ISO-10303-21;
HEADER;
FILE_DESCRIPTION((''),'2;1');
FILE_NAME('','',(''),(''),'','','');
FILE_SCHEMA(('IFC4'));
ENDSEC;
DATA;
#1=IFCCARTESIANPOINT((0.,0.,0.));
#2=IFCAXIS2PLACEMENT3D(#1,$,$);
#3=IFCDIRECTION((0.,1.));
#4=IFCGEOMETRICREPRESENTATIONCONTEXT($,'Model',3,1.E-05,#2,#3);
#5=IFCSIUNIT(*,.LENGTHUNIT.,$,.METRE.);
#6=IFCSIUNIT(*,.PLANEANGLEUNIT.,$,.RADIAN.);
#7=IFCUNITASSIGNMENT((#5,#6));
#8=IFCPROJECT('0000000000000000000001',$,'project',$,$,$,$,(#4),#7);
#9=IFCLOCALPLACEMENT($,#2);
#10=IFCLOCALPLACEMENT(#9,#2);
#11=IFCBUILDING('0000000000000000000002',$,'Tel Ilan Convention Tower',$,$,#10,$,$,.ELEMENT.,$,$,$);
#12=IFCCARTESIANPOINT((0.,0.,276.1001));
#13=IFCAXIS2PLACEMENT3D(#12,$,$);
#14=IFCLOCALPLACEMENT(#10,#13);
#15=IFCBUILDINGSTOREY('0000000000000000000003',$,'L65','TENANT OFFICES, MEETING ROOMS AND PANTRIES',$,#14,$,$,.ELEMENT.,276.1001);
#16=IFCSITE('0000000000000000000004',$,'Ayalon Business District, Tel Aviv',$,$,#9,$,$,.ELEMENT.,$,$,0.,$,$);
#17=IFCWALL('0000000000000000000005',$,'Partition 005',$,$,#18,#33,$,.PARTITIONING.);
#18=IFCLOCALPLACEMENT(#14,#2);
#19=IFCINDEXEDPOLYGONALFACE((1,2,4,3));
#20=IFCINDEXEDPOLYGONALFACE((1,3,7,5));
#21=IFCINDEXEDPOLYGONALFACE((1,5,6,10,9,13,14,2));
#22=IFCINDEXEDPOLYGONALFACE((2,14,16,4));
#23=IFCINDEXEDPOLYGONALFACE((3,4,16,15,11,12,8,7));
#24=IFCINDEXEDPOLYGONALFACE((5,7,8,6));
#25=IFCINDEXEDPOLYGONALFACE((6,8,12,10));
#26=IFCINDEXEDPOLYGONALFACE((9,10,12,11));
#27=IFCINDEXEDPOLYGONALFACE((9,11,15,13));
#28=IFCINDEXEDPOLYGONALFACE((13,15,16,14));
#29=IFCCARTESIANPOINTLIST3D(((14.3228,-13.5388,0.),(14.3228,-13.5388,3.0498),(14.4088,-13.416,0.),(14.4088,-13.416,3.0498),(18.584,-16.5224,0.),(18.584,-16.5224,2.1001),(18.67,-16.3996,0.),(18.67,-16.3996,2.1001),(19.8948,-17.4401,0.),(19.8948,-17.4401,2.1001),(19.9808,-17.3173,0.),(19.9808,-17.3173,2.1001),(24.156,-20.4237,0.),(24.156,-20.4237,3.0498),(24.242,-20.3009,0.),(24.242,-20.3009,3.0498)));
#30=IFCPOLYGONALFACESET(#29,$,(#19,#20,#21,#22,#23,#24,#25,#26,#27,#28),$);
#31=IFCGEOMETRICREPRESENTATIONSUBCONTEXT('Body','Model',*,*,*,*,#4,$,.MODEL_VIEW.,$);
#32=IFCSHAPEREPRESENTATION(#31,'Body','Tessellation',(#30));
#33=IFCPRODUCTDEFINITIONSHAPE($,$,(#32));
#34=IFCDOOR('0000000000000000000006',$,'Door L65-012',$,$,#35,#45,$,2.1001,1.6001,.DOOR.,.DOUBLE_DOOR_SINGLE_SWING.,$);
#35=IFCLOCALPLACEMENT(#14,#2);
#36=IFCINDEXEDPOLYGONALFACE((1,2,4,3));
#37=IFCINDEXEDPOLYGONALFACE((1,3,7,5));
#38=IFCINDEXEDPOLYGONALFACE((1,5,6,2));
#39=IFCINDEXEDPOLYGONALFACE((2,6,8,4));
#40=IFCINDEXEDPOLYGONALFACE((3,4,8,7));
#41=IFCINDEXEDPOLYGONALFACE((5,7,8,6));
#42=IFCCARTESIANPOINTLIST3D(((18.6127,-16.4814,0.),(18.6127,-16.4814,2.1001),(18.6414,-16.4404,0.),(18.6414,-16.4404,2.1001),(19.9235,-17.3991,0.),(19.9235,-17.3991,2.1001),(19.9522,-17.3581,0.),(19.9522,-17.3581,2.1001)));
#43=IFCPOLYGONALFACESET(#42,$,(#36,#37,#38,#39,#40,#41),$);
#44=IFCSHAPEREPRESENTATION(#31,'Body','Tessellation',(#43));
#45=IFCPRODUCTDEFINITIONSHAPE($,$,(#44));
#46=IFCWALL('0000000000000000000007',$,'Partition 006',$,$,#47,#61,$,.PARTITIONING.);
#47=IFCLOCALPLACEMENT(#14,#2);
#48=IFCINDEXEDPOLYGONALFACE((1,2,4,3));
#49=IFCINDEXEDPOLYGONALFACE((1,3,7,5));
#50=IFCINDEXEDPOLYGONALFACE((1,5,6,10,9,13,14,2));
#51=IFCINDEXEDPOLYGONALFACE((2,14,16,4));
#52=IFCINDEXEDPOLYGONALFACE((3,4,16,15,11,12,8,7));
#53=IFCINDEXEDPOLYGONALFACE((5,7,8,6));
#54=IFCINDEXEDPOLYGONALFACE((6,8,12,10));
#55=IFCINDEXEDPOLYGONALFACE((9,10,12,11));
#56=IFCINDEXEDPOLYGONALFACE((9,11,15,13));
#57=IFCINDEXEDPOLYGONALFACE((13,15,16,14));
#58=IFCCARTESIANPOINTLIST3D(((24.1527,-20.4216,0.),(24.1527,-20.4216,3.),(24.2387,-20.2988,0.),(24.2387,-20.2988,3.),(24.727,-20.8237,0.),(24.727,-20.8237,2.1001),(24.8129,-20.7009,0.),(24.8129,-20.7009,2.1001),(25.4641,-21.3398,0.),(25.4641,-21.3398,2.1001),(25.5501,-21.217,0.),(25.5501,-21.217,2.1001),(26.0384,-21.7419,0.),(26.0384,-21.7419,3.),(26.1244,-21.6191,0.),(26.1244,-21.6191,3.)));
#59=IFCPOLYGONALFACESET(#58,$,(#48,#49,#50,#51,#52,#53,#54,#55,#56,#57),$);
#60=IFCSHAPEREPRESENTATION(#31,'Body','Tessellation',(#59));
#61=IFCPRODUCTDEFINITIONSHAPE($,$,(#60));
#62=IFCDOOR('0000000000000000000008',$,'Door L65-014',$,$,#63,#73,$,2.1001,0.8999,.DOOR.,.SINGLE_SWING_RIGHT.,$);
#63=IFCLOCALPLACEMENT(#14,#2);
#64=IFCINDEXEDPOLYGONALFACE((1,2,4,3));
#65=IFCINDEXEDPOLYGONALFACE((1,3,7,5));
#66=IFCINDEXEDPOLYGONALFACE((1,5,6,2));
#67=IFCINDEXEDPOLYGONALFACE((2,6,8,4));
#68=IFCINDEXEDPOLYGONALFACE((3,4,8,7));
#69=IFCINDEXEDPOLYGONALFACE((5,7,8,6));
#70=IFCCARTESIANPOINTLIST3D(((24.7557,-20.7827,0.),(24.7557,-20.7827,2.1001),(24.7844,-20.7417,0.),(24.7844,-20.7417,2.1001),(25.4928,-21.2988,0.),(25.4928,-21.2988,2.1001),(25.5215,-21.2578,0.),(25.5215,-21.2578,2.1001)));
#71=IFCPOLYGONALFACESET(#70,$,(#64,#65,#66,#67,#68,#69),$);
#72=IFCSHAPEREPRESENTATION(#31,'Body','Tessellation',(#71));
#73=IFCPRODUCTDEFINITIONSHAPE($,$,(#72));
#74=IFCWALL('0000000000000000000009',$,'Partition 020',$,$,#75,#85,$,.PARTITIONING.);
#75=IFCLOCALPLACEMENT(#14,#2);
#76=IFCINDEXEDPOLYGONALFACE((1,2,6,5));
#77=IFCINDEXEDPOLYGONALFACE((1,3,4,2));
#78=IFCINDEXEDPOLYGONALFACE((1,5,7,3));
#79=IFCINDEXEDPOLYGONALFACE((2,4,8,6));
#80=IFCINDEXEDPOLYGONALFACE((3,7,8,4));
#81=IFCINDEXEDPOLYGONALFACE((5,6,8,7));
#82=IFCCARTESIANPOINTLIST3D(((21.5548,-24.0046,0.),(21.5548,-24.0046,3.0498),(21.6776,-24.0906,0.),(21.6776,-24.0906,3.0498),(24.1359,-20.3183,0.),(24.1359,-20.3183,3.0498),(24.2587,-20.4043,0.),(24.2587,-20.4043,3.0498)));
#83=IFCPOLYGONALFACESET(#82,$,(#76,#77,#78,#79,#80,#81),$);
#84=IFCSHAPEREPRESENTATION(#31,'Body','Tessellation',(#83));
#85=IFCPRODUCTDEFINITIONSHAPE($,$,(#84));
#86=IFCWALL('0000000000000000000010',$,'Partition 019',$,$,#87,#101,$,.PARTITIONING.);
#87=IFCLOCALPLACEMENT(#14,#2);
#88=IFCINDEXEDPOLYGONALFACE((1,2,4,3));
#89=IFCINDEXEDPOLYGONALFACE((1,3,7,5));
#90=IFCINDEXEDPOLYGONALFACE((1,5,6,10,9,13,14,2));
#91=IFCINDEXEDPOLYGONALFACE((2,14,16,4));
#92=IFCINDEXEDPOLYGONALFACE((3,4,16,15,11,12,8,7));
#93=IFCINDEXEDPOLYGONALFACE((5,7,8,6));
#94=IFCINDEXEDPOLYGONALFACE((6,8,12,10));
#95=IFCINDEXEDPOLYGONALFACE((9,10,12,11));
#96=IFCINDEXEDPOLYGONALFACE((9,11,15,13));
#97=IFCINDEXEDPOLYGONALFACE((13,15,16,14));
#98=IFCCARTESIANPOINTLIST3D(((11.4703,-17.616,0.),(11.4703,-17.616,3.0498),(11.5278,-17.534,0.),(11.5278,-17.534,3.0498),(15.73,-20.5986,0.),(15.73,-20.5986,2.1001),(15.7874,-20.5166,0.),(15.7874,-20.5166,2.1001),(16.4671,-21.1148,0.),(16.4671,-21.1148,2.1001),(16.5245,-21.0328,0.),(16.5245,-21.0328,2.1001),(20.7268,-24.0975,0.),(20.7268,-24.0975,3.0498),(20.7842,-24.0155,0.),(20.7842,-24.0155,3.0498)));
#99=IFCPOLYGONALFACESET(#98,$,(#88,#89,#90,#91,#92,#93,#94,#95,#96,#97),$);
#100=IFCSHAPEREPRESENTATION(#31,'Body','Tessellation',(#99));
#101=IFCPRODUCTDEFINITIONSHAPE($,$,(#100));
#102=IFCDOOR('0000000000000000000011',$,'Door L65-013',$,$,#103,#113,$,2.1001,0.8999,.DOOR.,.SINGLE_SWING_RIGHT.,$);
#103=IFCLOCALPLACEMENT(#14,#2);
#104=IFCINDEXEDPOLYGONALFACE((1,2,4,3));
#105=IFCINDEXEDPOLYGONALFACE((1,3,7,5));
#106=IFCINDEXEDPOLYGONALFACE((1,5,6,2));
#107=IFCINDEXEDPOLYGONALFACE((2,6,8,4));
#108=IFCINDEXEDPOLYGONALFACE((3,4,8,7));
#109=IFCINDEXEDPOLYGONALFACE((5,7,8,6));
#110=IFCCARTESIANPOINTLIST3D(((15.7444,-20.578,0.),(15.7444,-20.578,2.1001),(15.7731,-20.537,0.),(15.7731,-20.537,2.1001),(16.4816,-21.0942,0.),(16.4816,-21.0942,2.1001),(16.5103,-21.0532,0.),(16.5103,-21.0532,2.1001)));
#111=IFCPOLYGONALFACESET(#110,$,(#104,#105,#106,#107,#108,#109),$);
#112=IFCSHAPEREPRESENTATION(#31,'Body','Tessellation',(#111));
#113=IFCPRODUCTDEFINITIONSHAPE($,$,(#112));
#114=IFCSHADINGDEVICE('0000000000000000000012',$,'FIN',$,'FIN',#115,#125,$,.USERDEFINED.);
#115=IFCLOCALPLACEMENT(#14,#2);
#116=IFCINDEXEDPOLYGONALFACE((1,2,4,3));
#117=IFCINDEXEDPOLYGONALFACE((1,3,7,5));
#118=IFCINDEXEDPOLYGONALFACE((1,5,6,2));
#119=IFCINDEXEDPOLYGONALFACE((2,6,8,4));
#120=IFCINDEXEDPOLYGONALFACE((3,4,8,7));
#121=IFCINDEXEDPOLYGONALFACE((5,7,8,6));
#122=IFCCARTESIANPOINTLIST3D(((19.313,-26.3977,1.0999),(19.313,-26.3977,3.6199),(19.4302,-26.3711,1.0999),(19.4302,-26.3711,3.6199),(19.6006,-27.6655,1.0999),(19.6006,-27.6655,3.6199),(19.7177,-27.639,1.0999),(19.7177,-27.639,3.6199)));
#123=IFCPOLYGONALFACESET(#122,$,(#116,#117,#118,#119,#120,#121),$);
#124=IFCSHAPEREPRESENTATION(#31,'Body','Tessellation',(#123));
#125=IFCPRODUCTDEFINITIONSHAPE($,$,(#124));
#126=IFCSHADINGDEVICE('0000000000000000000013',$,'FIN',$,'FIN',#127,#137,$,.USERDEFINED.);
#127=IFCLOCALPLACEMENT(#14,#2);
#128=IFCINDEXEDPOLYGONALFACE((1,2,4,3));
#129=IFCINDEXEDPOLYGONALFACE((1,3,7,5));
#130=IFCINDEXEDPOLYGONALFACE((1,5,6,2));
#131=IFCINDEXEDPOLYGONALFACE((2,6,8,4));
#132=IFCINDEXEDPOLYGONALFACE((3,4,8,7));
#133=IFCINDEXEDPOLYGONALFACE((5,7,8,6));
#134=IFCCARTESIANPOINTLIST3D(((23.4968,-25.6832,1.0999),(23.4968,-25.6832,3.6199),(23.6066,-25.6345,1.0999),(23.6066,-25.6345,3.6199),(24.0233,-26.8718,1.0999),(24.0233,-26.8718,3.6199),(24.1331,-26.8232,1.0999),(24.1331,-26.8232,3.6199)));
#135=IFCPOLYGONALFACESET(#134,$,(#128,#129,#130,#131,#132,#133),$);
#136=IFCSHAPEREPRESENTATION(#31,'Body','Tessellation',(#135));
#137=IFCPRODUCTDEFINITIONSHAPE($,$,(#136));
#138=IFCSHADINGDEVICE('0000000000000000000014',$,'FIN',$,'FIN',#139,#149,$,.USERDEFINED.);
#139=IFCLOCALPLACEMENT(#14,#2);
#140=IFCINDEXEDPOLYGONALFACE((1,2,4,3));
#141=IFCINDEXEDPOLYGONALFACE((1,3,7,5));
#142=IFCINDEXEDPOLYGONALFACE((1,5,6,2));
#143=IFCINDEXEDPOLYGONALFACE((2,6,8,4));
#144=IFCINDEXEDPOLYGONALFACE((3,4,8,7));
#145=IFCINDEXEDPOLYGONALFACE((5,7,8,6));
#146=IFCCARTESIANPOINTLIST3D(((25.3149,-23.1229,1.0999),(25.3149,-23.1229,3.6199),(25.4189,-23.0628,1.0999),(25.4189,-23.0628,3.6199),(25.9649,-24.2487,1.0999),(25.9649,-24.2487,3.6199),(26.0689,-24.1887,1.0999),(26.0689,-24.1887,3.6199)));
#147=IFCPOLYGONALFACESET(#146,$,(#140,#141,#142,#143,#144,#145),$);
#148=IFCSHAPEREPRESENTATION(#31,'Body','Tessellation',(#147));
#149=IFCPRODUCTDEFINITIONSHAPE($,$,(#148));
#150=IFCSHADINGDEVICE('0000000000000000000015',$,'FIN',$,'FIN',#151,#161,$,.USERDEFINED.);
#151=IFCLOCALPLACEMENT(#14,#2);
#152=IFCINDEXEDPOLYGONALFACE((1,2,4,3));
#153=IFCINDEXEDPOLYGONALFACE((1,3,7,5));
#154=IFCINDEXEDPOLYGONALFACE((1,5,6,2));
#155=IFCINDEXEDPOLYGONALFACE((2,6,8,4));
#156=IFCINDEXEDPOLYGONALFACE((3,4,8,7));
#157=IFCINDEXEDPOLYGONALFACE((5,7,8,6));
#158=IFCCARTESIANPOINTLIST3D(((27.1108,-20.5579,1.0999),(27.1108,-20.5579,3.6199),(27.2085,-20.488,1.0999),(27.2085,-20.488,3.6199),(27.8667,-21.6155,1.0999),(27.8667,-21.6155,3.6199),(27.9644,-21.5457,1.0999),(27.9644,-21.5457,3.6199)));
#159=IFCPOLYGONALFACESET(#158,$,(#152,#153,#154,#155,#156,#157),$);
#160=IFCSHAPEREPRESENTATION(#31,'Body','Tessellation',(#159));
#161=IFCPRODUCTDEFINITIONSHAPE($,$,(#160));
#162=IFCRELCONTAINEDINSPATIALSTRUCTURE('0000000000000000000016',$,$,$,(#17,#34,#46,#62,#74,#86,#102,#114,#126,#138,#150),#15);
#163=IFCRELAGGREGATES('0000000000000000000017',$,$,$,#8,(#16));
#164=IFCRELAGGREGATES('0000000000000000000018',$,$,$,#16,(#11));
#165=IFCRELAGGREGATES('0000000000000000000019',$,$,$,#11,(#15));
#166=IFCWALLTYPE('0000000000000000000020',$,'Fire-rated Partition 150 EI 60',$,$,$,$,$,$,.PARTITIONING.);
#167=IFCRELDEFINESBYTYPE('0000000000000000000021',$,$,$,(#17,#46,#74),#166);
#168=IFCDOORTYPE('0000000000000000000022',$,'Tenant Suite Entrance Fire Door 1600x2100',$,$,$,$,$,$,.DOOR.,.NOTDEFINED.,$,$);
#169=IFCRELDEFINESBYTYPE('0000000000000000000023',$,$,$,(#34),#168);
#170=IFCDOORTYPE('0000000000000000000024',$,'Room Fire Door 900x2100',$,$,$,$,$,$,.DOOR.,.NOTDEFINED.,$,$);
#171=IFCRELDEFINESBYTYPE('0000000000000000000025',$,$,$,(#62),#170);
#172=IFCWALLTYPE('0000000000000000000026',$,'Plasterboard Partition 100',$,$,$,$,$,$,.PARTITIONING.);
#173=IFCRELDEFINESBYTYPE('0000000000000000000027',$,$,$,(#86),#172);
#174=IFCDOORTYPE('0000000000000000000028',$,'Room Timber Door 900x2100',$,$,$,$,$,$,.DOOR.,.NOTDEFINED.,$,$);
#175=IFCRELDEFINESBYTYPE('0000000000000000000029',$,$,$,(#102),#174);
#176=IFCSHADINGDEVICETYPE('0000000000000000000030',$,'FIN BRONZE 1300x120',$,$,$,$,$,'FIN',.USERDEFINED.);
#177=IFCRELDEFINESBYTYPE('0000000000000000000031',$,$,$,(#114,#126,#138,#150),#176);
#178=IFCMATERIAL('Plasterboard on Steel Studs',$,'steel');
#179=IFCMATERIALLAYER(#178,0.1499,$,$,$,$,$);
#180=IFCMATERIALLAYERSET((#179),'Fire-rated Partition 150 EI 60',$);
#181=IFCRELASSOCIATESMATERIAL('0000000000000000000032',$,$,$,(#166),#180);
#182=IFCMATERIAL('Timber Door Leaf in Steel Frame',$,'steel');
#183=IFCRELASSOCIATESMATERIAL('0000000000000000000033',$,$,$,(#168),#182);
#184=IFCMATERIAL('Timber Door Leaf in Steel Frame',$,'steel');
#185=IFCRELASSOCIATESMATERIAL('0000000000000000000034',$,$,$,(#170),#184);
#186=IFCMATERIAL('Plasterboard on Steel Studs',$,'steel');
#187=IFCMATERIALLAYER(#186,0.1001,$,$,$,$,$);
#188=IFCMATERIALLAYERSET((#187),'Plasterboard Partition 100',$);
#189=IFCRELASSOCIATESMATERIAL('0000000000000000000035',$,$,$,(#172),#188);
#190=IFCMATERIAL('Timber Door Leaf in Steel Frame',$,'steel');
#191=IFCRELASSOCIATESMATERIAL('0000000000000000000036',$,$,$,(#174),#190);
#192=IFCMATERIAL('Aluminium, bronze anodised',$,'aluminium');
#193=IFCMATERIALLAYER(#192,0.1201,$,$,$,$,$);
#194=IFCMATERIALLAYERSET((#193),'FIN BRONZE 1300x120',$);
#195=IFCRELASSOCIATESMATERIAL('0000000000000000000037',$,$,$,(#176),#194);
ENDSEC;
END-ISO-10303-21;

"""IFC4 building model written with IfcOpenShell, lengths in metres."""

from ifc_helpers import new_model, si_unit, direction, frame, frame_2d, origin, origin_2d, place, context, subcontext, project, spatial, rectangle, extrude, material, layer, layer_set, type_object, element, fill, save


model = new_model("IFC4")

# Units and contexts
model_context = context("Model", 3, precision=1e-05, world=origin(), true_north=direction((0.0, 1.0)))
body_context = subcontext(model_context, "Body", "Model", "MODEL_VIEW")
ifc_project = project(units=[si_unit("LENGTHUNIT", "METRE"), si_unit("PLANEANGLEUNIT", "RADIAN")], contexts=[model_context])

# Site, building, storey
site_placement = place(None, origin())
site = spatial("IfcSite", under=ifc_project, at=site_placement, Name="Ayalon Business District, Tel Aviv", CompositionType="ELEMENT", RefElevation=0.0)
building_placement = place(site_placement, origin())
building = spatial("IfcBuilding", under=site, at=building_placement, Name="Tel Ilan Convention Tower", CompositionType="ELEMENT")
storey_placement = place(building_placement, frame((0.0, 0.0, 276.1001)))
storey = spatial("IfcBuildingStorey", under=building, at=storey_placement, Name="L65", Description="TENANT OFFICES, MEETING ROOMS AND PANTRIES", CompositionType="ELEMENT", Elevation=276.1001)

# Walls, openings, doors
ifc_material_1 = material(Name="Plasterboard on Steel Studs", Category="steel")
ifc_layer_1 = layer(ifc_material_1, 0.1499)
ifc_layer_set_1 = layer_set([ifc_layer_1], Name="Fire-rated Partition 150 EI 60")
wall_type_1 = type_object("IfcWallType", Name="Fire-rated Partition 150 EI 60", PredefinedType="PARTITIONING", material=ifc_layer_set_1)
wall_1_placement = place(storey_placement, frame((24.199, -20.3623, 0.0), z_axis=(0.0, 0.0, 1.0), x_axis=(-0.819164, 0.573559, 0.0)))
wall_1 = element("IfcWall", 1, at=wall_1_placement, inside=storey, type_object=wall_type_1, Name="Partition 005", PredefinedType="PARTITIONING", context=body_context, shape_type="SweptSolid", body=[
    extrude(rectangle(XDim=12.0039, YDim=0.1499, at=frame_2d((6.002, 0.0))), origin(), (0.0, 0.0, 1.0), 3.0498),
])
opening_1_placement = place(wall_1_placement, frame((5.2019, 0.0, 0.0)))
opening_1 = element("IfcOpeningElement", 2, at=opening_1_placement, cuts=wall_1, PredefinedType="OPENING", context=body_context, shape_type="SweptSolid", body=[
    extrude(rectangle(XDim=1.6001, YDim=2.1001, at=frame_2d((0.8, 1.05))), frame((0.0, 0.085, 0.0), z_axis=(0.0, -1.0, 0.0), x_axis=(1.0, 0.0, 0.0)), (0.0, 0.0, 1.0), 0.1699),
])
ifc_material_2 = material(Name="Timber Door Leaf in Steel Frame", Category="steel")
door_type_1 = type_object("IfcDoorType", Name="Tenant Suite Entrance Fire Door 1600x2100", OperationType="NOTDEFINED", PredefinedType="DOOR", material=ifc_material_2)
door_1_placement = place(opening_1_placement, origin())
door_1 = element("IfcDoor", 3, at=door_1_placement, inside=storey, type_object=door_type_1, Name="Door L65-012", OperationType="DOUBLE_DOOR_SINGLE_SWING", OverallHeight=2.1001, OverallWidth=1.6001, PredefinedType="DOOR", context=body_context, shape_type="SweptSolid", body=[
    extrude(rectangle(XDim=1.6001, YDim=2.1001, at=frame_2d((0.8, 1.05))), frame((0.0, 0.0249, 0.0), z_axis=(0.0, -1.0, 0.0), x_axis=(1.0, 0.0, 0.0)), (0.0, 0.0, 1.0), 0.05),
])
fill(opening_1, door_1)
wall_2_placement = place(storey_placement, frame((26.0813, -21.6804, 0.0), z_axis=(0.0, 0.0, 1.0), x_axis=(-0.819172, 0.573548, 0.0)))
wall_2 = element("IfcWall", 4, at=wall_2_placement, inside=storey, type_object=wall_type_1, Name="Partition 006", PredefinedType="PARTITIONING", context=body_context, shape_type="SweptSolid", body=[
    extrude(rectangle(XDim=2.302, YDim=0.1499, at=frame_2d((1.1509, 0.0))), origin(), (0.0, 0.0, 1.0), 3.0),
])
opening_2_placement = place(wall_2_placement, frame((0.7009, 0.0, 0.0)))
opening_2 = element("IfcOpeningElement", 5, at=opening_2_placement, cuts=wall_2, PredefinedType="OPENING", context=body_context, shape_type="SweptSolid", body=[
    extrude(rectangle(XDim=0.8999, YDim=2.1001, at=frame_2d((0.45, 1.05))), frame((0.0, 0.085, 0.0), z_axis=(0.0, -1.0, 0.0), x_axis=(1.0, 0.0, 0.0)), (0.0, 0.0, 1.0), 0.1699),
])
ifc_material_3 = material(Name="Timber Door Leaf in Steel Frame", Category="steel")
door_type_2 = type_object("IfcDoorType", Name="Room Fire Door 900x2100", OperationType="NOTDEFINED", PredefinedType="DOOR", material=ifc_material_3)
door_2_placement = place(opening_2_placement, origin())
door_2 = element("IfcDoor", 6, at=door_2_placement, inside=storey, type_object=door_type_2, Name="Door L65-014", OperationType="SINGLE_SWING_RIGHT", OverallHeight=2.1001, OverallWidth=0.8999, PredefinedType="DOOR", context=body_context, shape_type="SweptSolid", body=[
    extrude(rectangle(XDim=0.8999, YDim=2.1001, at=frame_2d((0.45, 1.05))), frame((0.0, 0.0249, 0.0), z_axis=(0.0, -1.0, 0.0), x_axis=(1.0, 0.0, 0.0)), (0.0, 0.0, 1.0), 0.05),
])
fill(opening_2, door_2)

# Wall
wall_3_placement = place(storey_placement, frame((24.1973, -20.3613, 0.0), z_axis=(0.0, 0.0, 1.0), x_axis=(-0.573561, -0.819163, 0.0)))
element("IfcWall", 7, at=wall_3_placement, inside=storey, type_object=wall_type_1, Name="Partition 020", PredefinedType="PARTITIONING", context=body_context, shape_type="SweptSolid", body=[
    extrude(rectangle(XDim=4.5, YDim=0.1499, at=frame_2d((2.25, 0.0))), origin(), (0.0, 0.0, 1.0), 3.0498),
])

# Wall, opening, door
ifc_material_4 = material(Name="Plasterboard on Steel Studs", Category="steel")
ifc_layer_2 = layer(ifc_material_4, 0.1001)
ifc_layer_set_2 = layer_set([ifc_layer_2], Name="Plasterboard Partition 100")
wall_type_2 = type_object("IfcWallType", Name="Plasterboard Partition 100", PredefinedType="PARTITIONING", material=ifc_layer_set_2)
wall_4_placement = place(storey_placement, frame((20.7554, -24.0564, 0.0), z_axis=(0.0, 0.0, 1.0), x_axis=(-0.819149, 0.573581, 0.0)))
wall_4 = element("IfcWall", 8, at=wall_4_placement, inside=storey, type_object=wall_type_2, Name="Partition 019", PredefinedType="PARTITIONING", context=body_context, shape_type="SweptSolid", body=[
    extrude(rectangle(XDim=11.3, YDim=0.1001, at=frame_2d((5.6499, 0.0))), origin(), (0.0, 0.0, 1.0), 3.0498),
])
opening_3_placement = place(wall_4_placement, frame((5.2, 0.0, 0.0)))
opening_3 = element("IfcOpeningElement", 9, at=opening_3_placement, cuts=wall_4, PredefinedType="OPENING", context=body_context, shape_type="SweptSolid", body=[
    extrude(rectangle(XDim=0.8999, YDim=2.1001, at=frame_2d((0.45, 1.05))), frame((0.0, 0.0601, 0.0), z_axis=(0.0, -1.0, 0.0), x_axis=(1.0, 0.0, 0.0)), (0.0, 0.0, 1.0), 0.1201),
])
ifc_material_5 = material(Name="Timber Door Leaf in Steel Frame", Category="steel")
door_type_3 = type_object("IfcDoorType", Name="Room Timber Door 900x2100", OperationType="NOTDEFINED", PredefinedType="DOOR", material=ifc_material_5)
door_3_placement = place(opening_3_placement, origin())
door_3 = element("IfcDoor", 10, at=door_3_placement, inside=storey, type_object=door_type_3, Name="Door L65-013", OperationType="SINGLE_SWING_RIGHT", OverallHeight=2.1001, OverallWidth=0.8999, PredefinedType="DOOR", context=body_context, shape_type="SweptSolid", body=[
    extrude(rectangle(XDim=0.8999, YDim=2.1001, at=frame_2d((0.45, 1.05))), frame((0.0, 0.0249, 0.0), z_axis=(0.0, -1.0, 0.0), x_axis=(1.0, 0.0, 0.0)), (0.0, 0.0, 1.0), 0.05),
])
fill(opening_3, door_3)

# Shading devices
ifc_material_6 = material(Name="Aluminium, bronze anodised", Category="aluminium")
ifc_layer_3 = layer(ifc_material_6, 0.1201)
ifc_layer_set_3 = layer_set([ifc_layer_3], Name="FIN BRONZE 1300x120")
shading_device_type = type_object("IfcShadingDeviceType", Name="FIN BRONZE 1300x120", ElementType="FIN", PredefinedType="USERDEFINED", material=ifc_layer_set_3)
for number, where, z_axis, x_axis, name in (
    (11, (19.5154, -27.0183, 1.0999), (0.0, 0.0, 1.0), (0.22117, -0.975235, 0.0), "FIN"),
    (12, (23.8149, -26.2532, 1.0999), (0.0, 0.0, 1.0), (0.404964, -0.914333, 0.0), "FIN"),
    (13, (25.6919, -23.6558, 1.0999), (0.0, 0.0, 1.0), (0.5, -0.866025, 0.0), "FIN"),
    (14, (27.5376, -21.0518, 1.0999), (0.0, 0.0, 1.0), (0.581492, -0.813552, 0.0), "FIN"),
):
    element("IfcShadingDevice", number, at=place(storey_placement, frame(where, z_axis=z_axis, x_axis=x_axis)), inside=storey, type_object=shading_device_type, Name=name, ObjectType="FIN", PredefinedType="USERDEFINED", context=body_context, shape_type="SweptSolid", body=[
        extrude(rectangle(XDim=1.3, YDim=0.1201, at=origin_2d()), origin(), (0.0, 0.0, 1.0), 2.52),
    ])

save(model, "model.ifc")
